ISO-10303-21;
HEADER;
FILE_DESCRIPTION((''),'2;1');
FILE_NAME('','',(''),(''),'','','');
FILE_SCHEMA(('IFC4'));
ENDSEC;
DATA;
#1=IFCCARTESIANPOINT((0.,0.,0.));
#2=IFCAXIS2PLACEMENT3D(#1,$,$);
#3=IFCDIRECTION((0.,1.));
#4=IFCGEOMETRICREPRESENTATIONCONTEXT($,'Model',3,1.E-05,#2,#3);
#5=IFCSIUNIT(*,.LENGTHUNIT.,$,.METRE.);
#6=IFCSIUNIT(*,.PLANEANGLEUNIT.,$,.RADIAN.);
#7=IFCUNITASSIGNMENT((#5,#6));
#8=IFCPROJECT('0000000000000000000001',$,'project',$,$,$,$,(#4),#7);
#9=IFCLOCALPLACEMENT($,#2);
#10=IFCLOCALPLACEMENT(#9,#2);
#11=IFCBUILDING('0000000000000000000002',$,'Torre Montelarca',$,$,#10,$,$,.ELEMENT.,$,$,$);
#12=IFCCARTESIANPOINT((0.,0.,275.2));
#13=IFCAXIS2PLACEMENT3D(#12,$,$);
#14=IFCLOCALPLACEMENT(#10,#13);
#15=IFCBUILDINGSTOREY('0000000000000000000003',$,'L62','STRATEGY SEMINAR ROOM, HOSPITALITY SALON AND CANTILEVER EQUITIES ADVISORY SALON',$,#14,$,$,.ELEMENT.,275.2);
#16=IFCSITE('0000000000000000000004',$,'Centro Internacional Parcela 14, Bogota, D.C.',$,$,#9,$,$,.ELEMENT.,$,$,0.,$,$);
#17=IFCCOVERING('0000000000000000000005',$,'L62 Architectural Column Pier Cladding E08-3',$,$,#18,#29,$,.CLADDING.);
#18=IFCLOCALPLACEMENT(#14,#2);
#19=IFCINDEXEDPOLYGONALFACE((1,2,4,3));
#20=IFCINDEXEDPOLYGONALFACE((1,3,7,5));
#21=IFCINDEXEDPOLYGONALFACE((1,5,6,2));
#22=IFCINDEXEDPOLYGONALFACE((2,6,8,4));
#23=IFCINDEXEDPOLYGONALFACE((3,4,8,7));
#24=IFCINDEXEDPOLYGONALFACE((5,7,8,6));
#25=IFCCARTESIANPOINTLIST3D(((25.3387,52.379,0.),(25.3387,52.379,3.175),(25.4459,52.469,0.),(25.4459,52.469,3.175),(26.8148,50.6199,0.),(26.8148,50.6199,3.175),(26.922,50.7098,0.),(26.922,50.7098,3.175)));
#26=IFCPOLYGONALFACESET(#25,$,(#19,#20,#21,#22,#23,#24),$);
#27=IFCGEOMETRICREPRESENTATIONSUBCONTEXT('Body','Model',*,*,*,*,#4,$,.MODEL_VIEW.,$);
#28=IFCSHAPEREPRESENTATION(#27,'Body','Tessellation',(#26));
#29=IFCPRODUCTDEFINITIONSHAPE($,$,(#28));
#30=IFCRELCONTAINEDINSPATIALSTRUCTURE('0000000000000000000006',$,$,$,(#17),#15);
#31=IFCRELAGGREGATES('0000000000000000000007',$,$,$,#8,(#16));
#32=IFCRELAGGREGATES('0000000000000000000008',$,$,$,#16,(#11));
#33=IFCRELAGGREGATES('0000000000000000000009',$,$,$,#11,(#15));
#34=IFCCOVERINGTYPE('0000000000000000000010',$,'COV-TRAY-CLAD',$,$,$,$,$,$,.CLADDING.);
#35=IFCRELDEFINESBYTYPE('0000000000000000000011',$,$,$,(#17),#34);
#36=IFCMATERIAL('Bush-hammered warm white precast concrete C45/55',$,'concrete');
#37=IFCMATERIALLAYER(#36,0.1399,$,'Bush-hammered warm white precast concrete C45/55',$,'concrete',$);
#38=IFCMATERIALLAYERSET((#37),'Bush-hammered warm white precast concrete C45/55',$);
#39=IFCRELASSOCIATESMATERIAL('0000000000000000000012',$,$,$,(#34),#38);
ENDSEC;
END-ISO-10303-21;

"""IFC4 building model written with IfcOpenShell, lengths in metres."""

from ifc_helpers import new_model, si_unit, direction, frame, origin, origin_2d, place, context, subcontext, project, spatial, rectangle, extrude, source, transform, mapped, material, layer, layer_set, type_object, element, save


model = new_model("IFC4")

# Units and contexts
model_context = context("Model", 3, precision=1e-05, world=origin(), true_north=direction((0.0, 1.0)))
body_context = subcontext(model_context, "Body", "Model", "MODEL_VIEW")
ifc_project = project(units=[si_unit("LENGTHUNIT", "METRE"), si_unit("PLANEANGLEUNIT", "RADIAN")], contexts=[model_context])

# Site, building, storey
site_placement = place(None, origin())
site = spatial("IfcSite", under=ifc_project, at=site_placement, Name="Centro Internacional Parcela 14, Bogota, D.C.", CompositionType="ELEMENT", RefElevation=0.0)
building_placement = place(site_placement, origin())
building = spatial("IfcBuilding", under=site, at=building_placement, Name="Torre Montelarca", CompositionType="ELEMENT")
storey_placement = place(building_placement, frame((0.0, 0.0, 275.2)))
storey = spatial("IfcBuildingStorey", under=building, at=storey_placement, Name="L62", Description="STRATEGY SEMINAR ROOM, HOSPITALITY SALON AND CANTILEVER EQUITIES ADVISORY SALON", CompositionType="ELEMENT", Elevation=275.2)

# Covering
ifc_material_1 = material(Name="Bush-hammered warm white precast concrete C45/55", Category="concrete")
ifc_layer_1 = layer(ifc_material_1, 0.1399, Name="Bush-hammered warm white precast concrete C45/55", Category="concrete")
ifc_layer_set_1 = layer_set([ifc_layer_1], Name="Bush-hammered warm white precast concrete C45/55")
covering_type = type_object("IfcCoveringType", Name="COV-TRAY-CLAD", PredefinedType="CLADDING", material=ifc_layer_set_1)
shared_shape_1 = source(origin(), body_context, "Body", "SweptSolid", [
    extrude(rectangle(XDim=2.2964, YDim=0.1399, at=origin_2d()), origin(), (0.0, 0.0, 1.0), 3.175),
])
covering_1_placement = place(storey_placement, frame((26.1304, 51.5444, 0.0), z_axis=(0.0, 0.0, 1.0), x_axis=(-0.642788, 0.766044, 0.0)))
element("IfcCovering", 1, at=covering_1_placement, inside=storey, type_object=covering_type, Name="L62 Architectural Column Pier Cladding E08-3", PredefinedType="CLADDING", context=body_context, shape_type="MappedRepresentation", body=[
    mapped(shared_shape_1, transform((0.0, 0.0, 0.0), scale=1.0)),
])

save(model, "model.ifc")
